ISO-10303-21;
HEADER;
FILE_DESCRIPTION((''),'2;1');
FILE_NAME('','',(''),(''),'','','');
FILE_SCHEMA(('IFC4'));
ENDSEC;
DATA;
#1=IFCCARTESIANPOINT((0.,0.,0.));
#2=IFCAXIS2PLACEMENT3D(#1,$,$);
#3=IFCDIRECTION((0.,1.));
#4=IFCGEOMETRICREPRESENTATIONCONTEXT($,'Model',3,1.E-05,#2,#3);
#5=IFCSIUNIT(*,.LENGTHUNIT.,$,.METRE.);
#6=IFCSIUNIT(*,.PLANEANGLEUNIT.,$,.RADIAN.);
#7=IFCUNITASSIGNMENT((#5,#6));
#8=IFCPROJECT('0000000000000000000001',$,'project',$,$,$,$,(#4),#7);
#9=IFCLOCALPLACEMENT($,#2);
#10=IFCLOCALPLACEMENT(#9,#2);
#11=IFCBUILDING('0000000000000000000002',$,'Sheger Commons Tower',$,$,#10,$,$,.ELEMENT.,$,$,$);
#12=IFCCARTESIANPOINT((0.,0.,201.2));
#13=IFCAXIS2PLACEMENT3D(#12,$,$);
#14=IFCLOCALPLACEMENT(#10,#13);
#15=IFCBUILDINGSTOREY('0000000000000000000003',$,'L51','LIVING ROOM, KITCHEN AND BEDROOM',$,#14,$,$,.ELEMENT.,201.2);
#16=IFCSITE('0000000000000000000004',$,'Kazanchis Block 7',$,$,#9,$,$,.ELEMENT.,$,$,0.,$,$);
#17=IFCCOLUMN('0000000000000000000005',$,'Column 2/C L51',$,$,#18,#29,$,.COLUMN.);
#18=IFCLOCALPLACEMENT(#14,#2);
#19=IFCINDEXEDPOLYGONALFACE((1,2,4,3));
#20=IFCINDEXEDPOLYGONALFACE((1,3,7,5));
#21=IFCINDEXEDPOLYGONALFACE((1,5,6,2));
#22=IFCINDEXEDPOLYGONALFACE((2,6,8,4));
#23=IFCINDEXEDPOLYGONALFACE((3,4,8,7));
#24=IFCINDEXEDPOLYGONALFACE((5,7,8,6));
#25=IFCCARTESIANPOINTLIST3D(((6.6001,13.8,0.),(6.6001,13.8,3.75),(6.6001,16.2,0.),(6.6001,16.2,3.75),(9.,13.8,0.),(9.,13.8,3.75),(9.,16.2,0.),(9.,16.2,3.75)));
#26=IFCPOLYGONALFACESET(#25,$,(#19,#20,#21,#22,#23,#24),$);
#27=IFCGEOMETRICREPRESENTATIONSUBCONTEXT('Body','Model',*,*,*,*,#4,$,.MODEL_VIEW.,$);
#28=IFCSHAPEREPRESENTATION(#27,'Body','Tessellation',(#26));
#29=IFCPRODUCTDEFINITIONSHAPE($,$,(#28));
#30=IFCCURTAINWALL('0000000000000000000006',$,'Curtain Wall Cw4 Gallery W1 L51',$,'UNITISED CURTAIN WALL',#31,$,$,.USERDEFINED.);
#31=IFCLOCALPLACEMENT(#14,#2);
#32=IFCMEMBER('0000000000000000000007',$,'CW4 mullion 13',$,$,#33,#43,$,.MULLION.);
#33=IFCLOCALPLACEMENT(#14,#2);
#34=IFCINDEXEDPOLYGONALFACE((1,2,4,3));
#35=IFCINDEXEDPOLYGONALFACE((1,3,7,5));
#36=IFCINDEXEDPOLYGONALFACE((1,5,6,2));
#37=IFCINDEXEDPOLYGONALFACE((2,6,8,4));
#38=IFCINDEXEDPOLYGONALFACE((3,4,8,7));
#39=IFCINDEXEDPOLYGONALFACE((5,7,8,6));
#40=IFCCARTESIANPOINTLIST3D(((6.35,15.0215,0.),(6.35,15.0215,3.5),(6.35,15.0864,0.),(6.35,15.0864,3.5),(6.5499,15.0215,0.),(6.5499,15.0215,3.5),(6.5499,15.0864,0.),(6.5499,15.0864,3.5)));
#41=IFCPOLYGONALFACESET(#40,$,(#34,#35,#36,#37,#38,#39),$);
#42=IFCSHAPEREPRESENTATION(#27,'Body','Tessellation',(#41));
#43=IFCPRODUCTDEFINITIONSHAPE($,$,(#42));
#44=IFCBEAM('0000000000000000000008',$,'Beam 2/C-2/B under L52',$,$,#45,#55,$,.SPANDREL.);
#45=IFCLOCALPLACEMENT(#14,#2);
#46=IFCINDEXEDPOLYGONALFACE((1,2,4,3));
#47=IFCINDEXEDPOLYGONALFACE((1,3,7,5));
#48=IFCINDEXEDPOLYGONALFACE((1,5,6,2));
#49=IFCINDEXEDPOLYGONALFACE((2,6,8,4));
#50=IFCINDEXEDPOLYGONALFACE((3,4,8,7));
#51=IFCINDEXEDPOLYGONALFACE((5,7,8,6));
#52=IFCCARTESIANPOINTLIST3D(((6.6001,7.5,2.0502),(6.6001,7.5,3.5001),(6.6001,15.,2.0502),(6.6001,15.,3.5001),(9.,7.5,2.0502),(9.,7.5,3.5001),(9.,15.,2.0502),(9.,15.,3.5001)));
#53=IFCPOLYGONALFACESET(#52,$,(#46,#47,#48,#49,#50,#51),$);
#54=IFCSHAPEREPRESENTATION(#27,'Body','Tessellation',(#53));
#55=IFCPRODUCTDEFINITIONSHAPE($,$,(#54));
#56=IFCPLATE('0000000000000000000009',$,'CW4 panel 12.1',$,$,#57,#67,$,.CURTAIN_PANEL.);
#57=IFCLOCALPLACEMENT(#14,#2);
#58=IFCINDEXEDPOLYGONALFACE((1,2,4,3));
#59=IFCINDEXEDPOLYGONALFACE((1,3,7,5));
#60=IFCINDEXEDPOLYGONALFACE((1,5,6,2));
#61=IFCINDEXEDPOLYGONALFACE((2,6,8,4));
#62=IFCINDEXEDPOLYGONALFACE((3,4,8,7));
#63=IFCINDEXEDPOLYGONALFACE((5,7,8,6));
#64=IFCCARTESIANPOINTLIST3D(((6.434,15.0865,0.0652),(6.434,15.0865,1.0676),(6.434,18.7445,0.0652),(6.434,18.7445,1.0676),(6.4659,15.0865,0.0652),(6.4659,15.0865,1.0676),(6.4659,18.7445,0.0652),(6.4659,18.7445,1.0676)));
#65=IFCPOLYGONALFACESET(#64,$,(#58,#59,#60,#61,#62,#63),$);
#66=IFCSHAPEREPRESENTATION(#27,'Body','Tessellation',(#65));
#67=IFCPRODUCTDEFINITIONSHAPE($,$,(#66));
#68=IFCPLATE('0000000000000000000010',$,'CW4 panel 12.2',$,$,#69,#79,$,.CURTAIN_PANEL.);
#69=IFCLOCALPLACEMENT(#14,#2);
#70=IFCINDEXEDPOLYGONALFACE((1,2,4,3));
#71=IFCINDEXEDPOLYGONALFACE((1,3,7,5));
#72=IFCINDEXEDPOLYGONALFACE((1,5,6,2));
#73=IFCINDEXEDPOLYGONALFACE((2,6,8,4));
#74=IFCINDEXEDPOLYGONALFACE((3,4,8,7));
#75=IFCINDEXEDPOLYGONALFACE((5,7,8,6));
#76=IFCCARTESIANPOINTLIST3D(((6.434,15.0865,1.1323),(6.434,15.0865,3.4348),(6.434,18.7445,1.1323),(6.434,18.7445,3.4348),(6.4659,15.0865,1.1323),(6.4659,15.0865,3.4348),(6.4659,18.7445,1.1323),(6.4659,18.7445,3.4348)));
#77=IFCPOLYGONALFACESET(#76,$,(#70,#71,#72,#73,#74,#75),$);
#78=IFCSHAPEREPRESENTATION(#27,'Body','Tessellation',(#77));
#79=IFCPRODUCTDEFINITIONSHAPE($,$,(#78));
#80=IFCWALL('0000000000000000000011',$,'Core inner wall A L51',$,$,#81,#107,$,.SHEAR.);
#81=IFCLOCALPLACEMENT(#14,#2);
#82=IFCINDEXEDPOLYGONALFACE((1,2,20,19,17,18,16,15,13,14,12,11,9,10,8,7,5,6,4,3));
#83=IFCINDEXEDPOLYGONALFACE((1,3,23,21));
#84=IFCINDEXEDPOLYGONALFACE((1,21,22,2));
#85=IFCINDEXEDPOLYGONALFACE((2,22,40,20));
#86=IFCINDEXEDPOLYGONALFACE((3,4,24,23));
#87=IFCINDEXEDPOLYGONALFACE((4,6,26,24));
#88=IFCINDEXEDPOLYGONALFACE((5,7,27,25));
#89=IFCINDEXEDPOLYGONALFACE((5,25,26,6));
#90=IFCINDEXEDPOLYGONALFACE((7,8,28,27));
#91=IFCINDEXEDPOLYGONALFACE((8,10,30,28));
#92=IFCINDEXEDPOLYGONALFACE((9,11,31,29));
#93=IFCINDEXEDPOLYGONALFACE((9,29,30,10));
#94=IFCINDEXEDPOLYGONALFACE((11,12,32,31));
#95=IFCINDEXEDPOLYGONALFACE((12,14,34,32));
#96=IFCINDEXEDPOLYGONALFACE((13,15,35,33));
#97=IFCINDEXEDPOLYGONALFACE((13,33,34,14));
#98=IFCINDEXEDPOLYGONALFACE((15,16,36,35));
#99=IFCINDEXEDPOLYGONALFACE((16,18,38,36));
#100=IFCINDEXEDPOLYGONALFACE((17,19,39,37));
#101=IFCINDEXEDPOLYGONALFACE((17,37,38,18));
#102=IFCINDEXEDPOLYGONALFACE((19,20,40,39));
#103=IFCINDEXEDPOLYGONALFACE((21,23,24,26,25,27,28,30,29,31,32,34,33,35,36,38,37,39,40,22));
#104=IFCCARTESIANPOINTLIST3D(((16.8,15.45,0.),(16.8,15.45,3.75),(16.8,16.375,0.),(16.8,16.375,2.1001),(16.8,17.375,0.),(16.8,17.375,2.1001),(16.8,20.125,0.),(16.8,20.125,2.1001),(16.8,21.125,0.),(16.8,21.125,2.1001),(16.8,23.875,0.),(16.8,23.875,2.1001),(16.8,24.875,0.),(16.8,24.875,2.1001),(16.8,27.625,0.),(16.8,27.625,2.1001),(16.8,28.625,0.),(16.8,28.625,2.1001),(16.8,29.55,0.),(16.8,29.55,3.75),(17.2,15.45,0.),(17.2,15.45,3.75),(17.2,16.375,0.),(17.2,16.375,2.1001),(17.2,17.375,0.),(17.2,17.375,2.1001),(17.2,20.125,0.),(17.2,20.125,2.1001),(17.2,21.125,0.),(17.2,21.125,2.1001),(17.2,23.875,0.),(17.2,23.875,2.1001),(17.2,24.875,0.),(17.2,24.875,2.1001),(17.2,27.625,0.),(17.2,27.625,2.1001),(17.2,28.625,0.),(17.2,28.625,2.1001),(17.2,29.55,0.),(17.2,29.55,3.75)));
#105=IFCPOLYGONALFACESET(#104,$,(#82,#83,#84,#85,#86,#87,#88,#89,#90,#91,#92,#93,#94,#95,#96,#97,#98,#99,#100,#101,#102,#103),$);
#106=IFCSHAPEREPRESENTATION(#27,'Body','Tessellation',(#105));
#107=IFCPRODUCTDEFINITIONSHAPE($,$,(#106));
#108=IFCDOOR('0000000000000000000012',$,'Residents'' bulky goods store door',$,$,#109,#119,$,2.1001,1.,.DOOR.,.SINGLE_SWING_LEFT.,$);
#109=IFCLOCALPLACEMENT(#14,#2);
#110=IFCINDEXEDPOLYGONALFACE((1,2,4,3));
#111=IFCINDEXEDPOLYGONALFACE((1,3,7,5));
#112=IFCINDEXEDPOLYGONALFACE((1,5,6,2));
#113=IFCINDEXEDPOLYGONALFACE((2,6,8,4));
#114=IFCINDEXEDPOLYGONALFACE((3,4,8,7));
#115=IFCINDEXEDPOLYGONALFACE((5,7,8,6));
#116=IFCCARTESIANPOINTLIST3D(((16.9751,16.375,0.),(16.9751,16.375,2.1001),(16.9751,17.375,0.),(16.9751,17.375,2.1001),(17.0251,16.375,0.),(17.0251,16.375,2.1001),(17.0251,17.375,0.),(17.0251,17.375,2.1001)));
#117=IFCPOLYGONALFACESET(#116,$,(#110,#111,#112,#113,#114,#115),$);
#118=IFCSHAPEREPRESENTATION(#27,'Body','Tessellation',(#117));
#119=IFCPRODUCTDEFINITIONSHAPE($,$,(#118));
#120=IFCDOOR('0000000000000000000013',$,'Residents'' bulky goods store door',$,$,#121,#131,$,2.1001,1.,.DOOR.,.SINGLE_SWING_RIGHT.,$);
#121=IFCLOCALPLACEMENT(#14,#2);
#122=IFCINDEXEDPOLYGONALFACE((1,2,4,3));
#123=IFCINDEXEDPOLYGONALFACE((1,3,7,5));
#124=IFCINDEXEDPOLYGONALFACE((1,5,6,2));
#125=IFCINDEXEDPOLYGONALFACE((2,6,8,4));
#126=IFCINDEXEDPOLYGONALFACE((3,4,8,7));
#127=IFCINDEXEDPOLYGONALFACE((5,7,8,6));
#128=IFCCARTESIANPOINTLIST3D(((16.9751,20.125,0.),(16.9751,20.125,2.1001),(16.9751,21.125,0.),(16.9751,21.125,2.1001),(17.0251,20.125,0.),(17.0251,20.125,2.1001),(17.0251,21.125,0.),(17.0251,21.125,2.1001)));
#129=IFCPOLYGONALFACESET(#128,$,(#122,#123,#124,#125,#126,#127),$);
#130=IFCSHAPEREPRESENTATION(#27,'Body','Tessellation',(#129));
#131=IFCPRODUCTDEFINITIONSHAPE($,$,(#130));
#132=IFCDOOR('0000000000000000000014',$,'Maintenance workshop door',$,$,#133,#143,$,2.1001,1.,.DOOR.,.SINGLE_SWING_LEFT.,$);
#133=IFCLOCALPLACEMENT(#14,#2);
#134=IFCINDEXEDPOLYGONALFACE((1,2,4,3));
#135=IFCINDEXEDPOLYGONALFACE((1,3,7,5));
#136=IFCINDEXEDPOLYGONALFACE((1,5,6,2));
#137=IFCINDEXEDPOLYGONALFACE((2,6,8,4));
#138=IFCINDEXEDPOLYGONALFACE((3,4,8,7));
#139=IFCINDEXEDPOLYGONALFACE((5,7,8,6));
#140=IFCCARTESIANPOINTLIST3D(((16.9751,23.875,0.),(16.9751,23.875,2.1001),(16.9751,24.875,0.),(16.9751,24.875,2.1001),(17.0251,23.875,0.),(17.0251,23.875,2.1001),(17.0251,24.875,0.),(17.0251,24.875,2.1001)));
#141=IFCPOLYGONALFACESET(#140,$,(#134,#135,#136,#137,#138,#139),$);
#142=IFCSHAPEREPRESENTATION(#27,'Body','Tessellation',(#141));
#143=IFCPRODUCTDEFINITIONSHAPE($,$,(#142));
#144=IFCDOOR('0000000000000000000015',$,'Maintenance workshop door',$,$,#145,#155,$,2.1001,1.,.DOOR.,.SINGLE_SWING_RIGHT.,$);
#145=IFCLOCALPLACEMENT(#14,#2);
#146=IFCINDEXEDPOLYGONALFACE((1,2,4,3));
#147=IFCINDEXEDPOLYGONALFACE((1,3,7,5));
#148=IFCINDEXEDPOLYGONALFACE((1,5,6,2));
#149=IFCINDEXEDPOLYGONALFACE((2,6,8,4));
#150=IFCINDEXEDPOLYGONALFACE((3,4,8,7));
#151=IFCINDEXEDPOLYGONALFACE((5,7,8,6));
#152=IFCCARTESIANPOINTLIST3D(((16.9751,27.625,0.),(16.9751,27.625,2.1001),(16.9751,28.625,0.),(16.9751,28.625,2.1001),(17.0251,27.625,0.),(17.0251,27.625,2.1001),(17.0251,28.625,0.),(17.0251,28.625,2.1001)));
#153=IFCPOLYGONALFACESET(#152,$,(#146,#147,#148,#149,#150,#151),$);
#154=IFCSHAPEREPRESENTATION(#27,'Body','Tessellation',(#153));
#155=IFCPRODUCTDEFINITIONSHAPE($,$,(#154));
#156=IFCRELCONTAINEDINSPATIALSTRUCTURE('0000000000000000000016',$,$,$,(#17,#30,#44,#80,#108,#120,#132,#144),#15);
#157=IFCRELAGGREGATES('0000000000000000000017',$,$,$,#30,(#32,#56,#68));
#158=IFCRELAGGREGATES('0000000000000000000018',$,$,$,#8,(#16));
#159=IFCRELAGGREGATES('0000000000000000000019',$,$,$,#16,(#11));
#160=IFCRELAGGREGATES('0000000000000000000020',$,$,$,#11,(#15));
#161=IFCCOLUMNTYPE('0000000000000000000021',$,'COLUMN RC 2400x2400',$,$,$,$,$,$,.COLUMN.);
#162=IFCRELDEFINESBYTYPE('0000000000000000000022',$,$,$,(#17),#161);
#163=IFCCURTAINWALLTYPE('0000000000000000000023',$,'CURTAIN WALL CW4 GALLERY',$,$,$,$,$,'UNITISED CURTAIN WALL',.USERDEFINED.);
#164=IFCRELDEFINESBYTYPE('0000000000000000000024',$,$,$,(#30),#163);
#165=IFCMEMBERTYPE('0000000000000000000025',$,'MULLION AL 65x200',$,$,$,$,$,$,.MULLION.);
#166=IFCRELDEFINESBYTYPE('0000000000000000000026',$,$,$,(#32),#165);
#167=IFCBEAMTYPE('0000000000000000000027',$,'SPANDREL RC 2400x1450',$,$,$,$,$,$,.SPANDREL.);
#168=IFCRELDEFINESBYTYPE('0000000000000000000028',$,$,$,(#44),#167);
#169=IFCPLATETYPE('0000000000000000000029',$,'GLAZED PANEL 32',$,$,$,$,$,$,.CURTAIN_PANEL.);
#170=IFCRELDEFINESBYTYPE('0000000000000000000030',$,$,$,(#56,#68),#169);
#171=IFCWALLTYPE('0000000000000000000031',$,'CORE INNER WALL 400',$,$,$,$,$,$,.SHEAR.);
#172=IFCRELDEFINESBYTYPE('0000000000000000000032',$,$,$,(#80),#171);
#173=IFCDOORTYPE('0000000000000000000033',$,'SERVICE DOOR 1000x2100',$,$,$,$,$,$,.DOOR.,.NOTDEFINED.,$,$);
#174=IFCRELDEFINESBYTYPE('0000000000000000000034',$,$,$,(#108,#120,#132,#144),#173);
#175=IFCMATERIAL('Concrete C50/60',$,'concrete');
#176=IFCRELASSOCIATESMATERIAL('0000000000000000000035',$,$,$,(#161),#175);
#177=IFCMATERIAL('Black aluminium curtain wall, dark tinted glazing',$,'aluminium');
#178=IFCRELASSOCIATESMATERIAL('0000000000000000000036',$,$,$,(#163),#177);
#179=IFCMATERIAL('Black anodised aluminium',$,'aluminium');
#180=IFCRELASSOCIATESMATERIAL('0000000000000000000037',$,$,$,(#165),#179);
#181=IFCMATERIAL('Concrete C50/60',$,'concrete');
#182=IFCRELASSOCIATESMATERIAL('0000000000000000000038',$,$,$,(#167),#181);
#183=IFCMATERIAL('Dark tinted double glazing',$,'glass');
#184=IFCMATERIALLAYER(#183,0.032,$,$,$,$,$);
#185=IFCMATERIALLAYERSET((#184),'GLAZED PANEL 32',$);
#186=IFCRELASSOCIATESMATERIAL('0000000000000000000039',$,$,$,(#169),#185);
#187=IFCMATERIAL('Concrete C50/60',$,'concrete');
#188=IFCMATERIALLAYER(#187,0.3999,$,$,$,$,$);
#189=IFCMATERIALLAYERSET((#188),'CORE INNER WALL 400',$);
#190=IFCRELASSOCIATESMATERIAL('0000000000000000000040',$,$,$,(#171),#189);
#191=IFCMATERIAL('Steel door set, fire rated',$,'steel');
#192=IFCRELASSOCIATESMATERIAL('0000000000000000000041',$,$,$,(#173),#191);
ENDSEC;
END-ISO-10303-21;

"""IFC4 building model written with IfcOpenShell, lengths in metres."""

from ifc_helpers import new_model, si_unit, direction, frame, frame_2d, origin, origin_2d, place, context, subcontext, project, spatial, rectangle, extrude, material, layer, layer_set, material_profile, profile_set, type_object, element, fill, aggregate, save


model = new_model("IFC4")

# Units and contexts
model_context = context("Model", 3, precision=1e-05, world=origin(), true_north=direction((0.0, 1.0)))
body_context = subcontext(model_context, "Body", "Model", "MODEL_VIEW")
ifc_project = project(units=[si_unit("LENGTHUNIT", "METRE"), si_unit("PLANEANGLEUNIT", "RADIAN")], contexts=[model_context])

# Site, building, storey
site_placement = place(None, origin())
site = spatial("IfcSite", under=ifc_project, at=site_placement, Name="Kazanchis Block 7", CompositionType="ELEMENT", RefElevation=0.0)
building_placement = place(site_placement, origin())
building = spatial("IfcBuilding", under=site, at=building_placement, Name="Sheger Commons Tower", CompositionType="ELEMENT")
storey_placement = place(building_placement, frame((0.0, 0.0, 201.2)))
storey = spatial("IfcBuildingStorey", under=building, at=storey_placement, Name="L51", Description="LIVING ROOM, KITCHEN AND BEDROOM", CompositionType="ELEMENT", Elevation=201.2)

# Column
ifc_material_1 = material(Name="Concrete C50/60", Category="concrete")
ifc_material_profile_1 = material_profile(ifc_material_1, rectangle(XDim=2.3999, YDim=2.3999, at=origin_2d()), Name="RC 2400x2400")
ifc_profile_set_1 = profile_set([ifc_material_profile_1], Name="Concrete C50/60")
column_type = type_object("IfcColumnType", Name="COLUMN RC 2400x2400", PredefinedType="COLUMN", material=ifc_profile_set_1)
column_placement = place(storey_placement, frame((7.8, 15.0, 0.0), z_axis=(0.0, 0.0, 1.0), x_axis=(1.0, 0.0, 0.0)))
element("IfcColumn", 1, at=column_placement, inside=storey, type_object=column_type, Name="Column 2/C L51", PredefinedType="COLUMN", context=body_context, shape_type="SweptSolid", body=[
    extrude(rectangle(XDim=2.3999, YDim=2.3999, at=origin_2d()), origin(), (0.0, 0.0, 1.0), 3.75),
])

# Curtain wall, member
ifc_material_2 = material(Name="Black aluminium curtain wall, dark tinted glazing", Category="aluminium")
curtain_wall_type = type_object("IfcCurtainWallType", Name="CURTAIN WALL CW4 GALLERY", ElementType="UNITISED CURTAIN WALL", PredefinedType="USERDEFINED", material=ifc_material_2)
curtain_wall_placement = place(storey_placement, origin())
curtain_wall = element("IfcCurtainWall", 2, at=curtain_wall_placement, inside=storey, type_object=curtain_wall_type, Name="Curtain Wall Cw4 Gallery W1 L51", ObjectType="UNITISED CURTAIN WALL", PredefinedType="USERDEFINED")
ifc_material_3 = material(Name="Black anodised aluminium", Category="aluminium")
ifc_material_profile_2 = material_profile(ifc_material_3, rectangle(XDim=0.2, YDim=0.0649, at=origin_2d()), Name="AL 65x200")
ifc_profile_set_2 = profile_set([ifc_material_profile_2], Name="Black anodised aluminium")
member_type = type_object("IfcMemberType", Name="MULLION AL 65x200", PredefinedType="MULLION", material=ifc_profile_set_2)
member_placement = place(storey_placement, frame((6.45, 15.054, 0.0), z_axis=(0.0, 0.0, 1.0), x_axis=(1.0, 0.0, 0.0)))
member = element("IfcMember", 3, at=member_placement, type_object=member_type, Name="CW4 mullion 13", PredefinedType="MULLION", context=body_context, shape_type="SweptSolid", body=[
    extrude(rectangle(XDim=0.2, YDim=0.0649, at=origin_2d()), origin(), (0.0, 0.0, 1.0), 3.5),
])

# Beam
ifc_material_4 = material(Name="Concrete C50/60", Category="concrete")
ifc_material_profile_3 = material_profile(ifc_material_4, rectangle(XDim=2.3999, YDim=1.45, at=origin_2d()), Name="RC 2400x1450")
ifc_profile_set_3 = profile_set([ifc_material_profile_3], Name="Concrete C50/60")
beam_type = type_object("IfcBeamType", Name="SPANDREL RC 2400x1450", PredefinedType="SPANDREL", material=ifc_profile_set_3)
beam_placement = place(storey_placement, frame((7.8, 15.0, 2.7751), z_axis=(0.0, -1.0, 0.0), x_axis=(1.0, 0.0, 0.0)))
element("IfcBeam", 4, at=beam_placement, inside=storey, type_object=beam_type, Name="Beam 2/C-2/B under L52", PredefinedType="SPANDREL", context=body_context, shape_type="SweptSolid", body=[
    extrude(rectangle(XDim=2.3999, YDim=1.45, at=origin_2d()), origin(), (0.0, 0.0, 1.0), 7.5),
])

# Plates
ifc_material_5 = material(Name="Dark tinted double glazing", Category="glass")
ifc_layer_1 = layer(ifc_material_5, 0.032)
ifc_layer_set_1 = layer_set([ifc_layer_1], Name="GLAZED PANEL 32")
plate_type = type_object("IfcPlateType", Name="GLAZED PANEL 32", PredefinedType="CURTAIN_PANEL", material=ifc_layer_set_1)
plate_1_placement = place(storey_placement, frame((6.45, 16.9155, 0.0652), z_axis=(0.0, 0.0, 1.0), x_axis=(0.0, -1.0, 0.0)))
plate_1 = element("IfcPlate", 5, at=plate_1_placement, type_object=plate_type, Name="CW4 panel 12.1", PredefinedType="CURTAIN_PANEL", context=body_context, shape_type="SweptSolid", body=[
    extrude(rectangle(XDim=3.658, YDim=0.032, at=origin_2d()), origin(), (0.0, 0.0, 1.0), 1.0024),
])
plate_2_placement = place(storey_placement, frame((6.45, 16.9155, 1.1323), z_axis=(0.0, 0.0, 1.0), x_axis=(0.0, -1.0, 0.0)))
plate_2 = element("IfcPlate", 6, at=plate_2_placement, type_object=plate_type, Name="CW4 panel 12.2", PredefinedType="CURTAIN_PANEL", context=body_context, shape_type="SweptSolid", body=[
    extrude(rectangle(XDim=3.658, YDim=0.032, at=origin_2d()), origin(), (0.0, 0.0, 1.0), 2.3025),
])
aggregate(curtain_wall, [member, plate_1, plate_2])

# Wall, openings, doors
ifc_material_6 = material(Name="Concrete C50/60", Category="concrete")
ifc_layer_2 = layer(ifc_material_6, 0.3999)
ifc_layer_set_2 = layer_set([ifc_layer_2], Name="CORE INNER WALL 400")
wall_type_1 = type_object("IfcWallType", Name="CORE INNER WALL 400", PredefinedType="SHEAR", material=ifc_layer_set_2)
wall_1_placement = place(storey_placement, frame((17.0, 15.45, 0.0), z_axis=(0.0, 0.0, 1.0), x_axis=(0.0, 1.0, 0.0)))
wall_1 = element("IfcWall", 7, at=wall_1_placement, inside=storey, type_object=wall_type_1, Name="Core inner wall A L51", PredefinedType="SHEAR", context=body_context, shape_type="SweptSolid", body=[
    extrude(rectangle(XDim=14.1001, YDim=0.3999, at=frame_2d((7.05, 0.0))), origin(), (0.0, 0.0, 1.0), 3.75),
])
opening_1_placement = place(wall_1_placement, frame((0.925, 0.0, 0.0)))
opening_1 = element("IfcOpeningElement", 8, at=opening_1_placement, cuts=wall_1, PredefinedType="OPENING", context=body_context, shape_type="SweptSolid", body=[
    extrude(rectangle(XDim=1.0, YDim=2.1001, at=frame_2d((0.5, 1.05))), frame((0.0, 0.21, 0.0), z_axis=(0.0, -1.0, 0.0), x_axis=(1.0, 0.0, 0.0)), (0.0, 0.0, 1.0), 0.4199),
])
opening_2_placement = place(wall_1_placement, frame((4.675, 0.0, 0.0)))
opening_2 = element("IfcOpeningElement", 9, at=opening_2_placement, cuts=wall_1, PredefinedType="OPENING", context=body_context, shape_type="SweptSolid", body=[
    extrude(rectangle(XDim=1.0, YDim=2.1001, at=frame_2d((0.5, 1.05))), frame((0.0, 0.21, 0.0), z_axis=(0.0, -1.0, 0.0), x_axis=(1.0, 0.0, 0.0)), (0.0, 0.0, 1.0), 0.4199),
])
opening_3_placement = place(wall_1_placement, frame((8.425, 0.0, 0.0)))
opening_3 = element("IfcOpeningElement", 10, at=opening_3_placement, cuts=wall_1, PredefinedType="OPENING", context=body_context, shape_type="SweptSolid", body=[
    extrude(rectangle(XDim=1.0, YDim=2.1001, at=frame_2d((0.5, 1.05))), frame((0.0, 0.21, 0.0), z_axis=(0.0, -1.0, 0.0), x_axis=(1.0, 0.0, 0.0)), (0.0, 0.0, 1.0), 0.4199),
])
opening_4_placement = place(wall_1_placement, frame((12.175, 0.0, 0.0)))
opening_4 = element("IfcOpeningElement", 11, at=opening_4_placement, cuts=wall_1, PredefinedType="OPENING", context=body_context, shape_type="SweptSolid", body=[
    extrude(rectangle(XDim=1.0, YDim=2.1001, at=frame_2d((0.5, 1.05))), frame((0.0, 0.21, 0.0), z_axis=(0.0, -1.0, 0.0), x_axis=(1.0, 0.0, 0.0)), (0.0, 0.0, 1.0), 0.4199),
])
ifc_material_7 = material(Name="Steel door set, fire rated", Category="steel")
door_type_1 = type_object("IfcDoorType", Name="SERVICE DOOR 1000x2100", OperationType="NOTDEFINED", PredefinedType="DOOR", material=ifc_material_7)
door_1_placement = place(opening_1_placement, origin())
door_1 = element("IfcDoor", 12, at=door_1_placement, inside=storey, type_object=door_type_1, Name="Residents' bulky goods store door", OperationType="SINGLE_SWING_LEFT", OverallHeight=2.1001, OverallWidth=1.0, PredefinedType="DOOR", context=body_context, shape_type="SweptSolid", body=[
    extrude(rectangle(XDim=1.0, YDim=2.1001, at=frame_2d((0.5, 1.05))), frame((0.0, 0.0249, 0.0), z_axis=(0.0, -1.0, 0.0), x_axis=(1.0, 0.0, 0.0)), (0.0, 0.0, 1.0), 0.05),
])
fill(opening_1, door_1)
door_2_placement = place(opening_2_placement, origin())
door_2 = element("IfcDoor", 13, at=door_2_placement, inside=storey, type_object=door_type_1, Name="Residents' bulky goods store door", OperationType="SINGLE_SWING_RIGHT", OverallHeight=2.1001, OverallWidth=1.0, PredefinedType="DOOR", context=body_context, shape_type="SweptSolid", body=[
    extrude(rectangle(XDim=1.0, YDim=2.1001, at=frame_2d((0.5, 1.05))), frame((0.0, 0.0249, 0.0), z_axis=(0.0, -1.0, 0.0), x_axis=(1.0, 0.0, 0.0)), (0.0, 0.0, 1.0), 0.05),
])
fill(opening_2, door_2)
door_3_placement = place(opening_3_placement, origin())
door_3 = element("IfcDoor", 14, at=door_3_placement, inside=storey, type_object=door_type_1, Name="Maintenance workshop door", OperationType="SINGLE_SWING_LEFT", OverallHeight=2.1001, OverallWidth=1.0, PredefinedType="DOOR", context=body_context, shape_type="SweptSolid", body=[
    extrude(rectangle(XDim=1.0, YDim=2.1001, at=frame_2d((0.5, 1.05))), frame((0.0, 0.0249, 0.0), z_axis=(0.0, -1.0, 0.0), x_axis=(1.0, 0.0, 0.0)), (0.0, 0.0, 1.0), 0.05),
])
fill(opening_3, door_3)
door_4_placement = place(opening_4_placement, origin())
door_4 = element("IfcDoor", 15, at=door_4_placement, inside=storey, type_object=door_type_1, Name="Maintenance workshop door", OperationType="SINGLE_SWING_RIGHT", OverallHeight=2.1001, OverallWidth=1.0, PredefinedType="DOOR", context=body_context, shape_type="SweptSolid", body=[
    extrude(rectangle(XDim=1.0, YDim=2.1001, at=frame_2d((0.5, 1.05))), frame((0.0, 0.0249, 0.0), z_axis=(0.0, -1.0, 0.0), x_axis=(1.0, 0.0, 0.0)), (0.0, 0.0, 1.0), 0.05),
])
fill(opening_4, door_4)

save(model, "model.ifc")
